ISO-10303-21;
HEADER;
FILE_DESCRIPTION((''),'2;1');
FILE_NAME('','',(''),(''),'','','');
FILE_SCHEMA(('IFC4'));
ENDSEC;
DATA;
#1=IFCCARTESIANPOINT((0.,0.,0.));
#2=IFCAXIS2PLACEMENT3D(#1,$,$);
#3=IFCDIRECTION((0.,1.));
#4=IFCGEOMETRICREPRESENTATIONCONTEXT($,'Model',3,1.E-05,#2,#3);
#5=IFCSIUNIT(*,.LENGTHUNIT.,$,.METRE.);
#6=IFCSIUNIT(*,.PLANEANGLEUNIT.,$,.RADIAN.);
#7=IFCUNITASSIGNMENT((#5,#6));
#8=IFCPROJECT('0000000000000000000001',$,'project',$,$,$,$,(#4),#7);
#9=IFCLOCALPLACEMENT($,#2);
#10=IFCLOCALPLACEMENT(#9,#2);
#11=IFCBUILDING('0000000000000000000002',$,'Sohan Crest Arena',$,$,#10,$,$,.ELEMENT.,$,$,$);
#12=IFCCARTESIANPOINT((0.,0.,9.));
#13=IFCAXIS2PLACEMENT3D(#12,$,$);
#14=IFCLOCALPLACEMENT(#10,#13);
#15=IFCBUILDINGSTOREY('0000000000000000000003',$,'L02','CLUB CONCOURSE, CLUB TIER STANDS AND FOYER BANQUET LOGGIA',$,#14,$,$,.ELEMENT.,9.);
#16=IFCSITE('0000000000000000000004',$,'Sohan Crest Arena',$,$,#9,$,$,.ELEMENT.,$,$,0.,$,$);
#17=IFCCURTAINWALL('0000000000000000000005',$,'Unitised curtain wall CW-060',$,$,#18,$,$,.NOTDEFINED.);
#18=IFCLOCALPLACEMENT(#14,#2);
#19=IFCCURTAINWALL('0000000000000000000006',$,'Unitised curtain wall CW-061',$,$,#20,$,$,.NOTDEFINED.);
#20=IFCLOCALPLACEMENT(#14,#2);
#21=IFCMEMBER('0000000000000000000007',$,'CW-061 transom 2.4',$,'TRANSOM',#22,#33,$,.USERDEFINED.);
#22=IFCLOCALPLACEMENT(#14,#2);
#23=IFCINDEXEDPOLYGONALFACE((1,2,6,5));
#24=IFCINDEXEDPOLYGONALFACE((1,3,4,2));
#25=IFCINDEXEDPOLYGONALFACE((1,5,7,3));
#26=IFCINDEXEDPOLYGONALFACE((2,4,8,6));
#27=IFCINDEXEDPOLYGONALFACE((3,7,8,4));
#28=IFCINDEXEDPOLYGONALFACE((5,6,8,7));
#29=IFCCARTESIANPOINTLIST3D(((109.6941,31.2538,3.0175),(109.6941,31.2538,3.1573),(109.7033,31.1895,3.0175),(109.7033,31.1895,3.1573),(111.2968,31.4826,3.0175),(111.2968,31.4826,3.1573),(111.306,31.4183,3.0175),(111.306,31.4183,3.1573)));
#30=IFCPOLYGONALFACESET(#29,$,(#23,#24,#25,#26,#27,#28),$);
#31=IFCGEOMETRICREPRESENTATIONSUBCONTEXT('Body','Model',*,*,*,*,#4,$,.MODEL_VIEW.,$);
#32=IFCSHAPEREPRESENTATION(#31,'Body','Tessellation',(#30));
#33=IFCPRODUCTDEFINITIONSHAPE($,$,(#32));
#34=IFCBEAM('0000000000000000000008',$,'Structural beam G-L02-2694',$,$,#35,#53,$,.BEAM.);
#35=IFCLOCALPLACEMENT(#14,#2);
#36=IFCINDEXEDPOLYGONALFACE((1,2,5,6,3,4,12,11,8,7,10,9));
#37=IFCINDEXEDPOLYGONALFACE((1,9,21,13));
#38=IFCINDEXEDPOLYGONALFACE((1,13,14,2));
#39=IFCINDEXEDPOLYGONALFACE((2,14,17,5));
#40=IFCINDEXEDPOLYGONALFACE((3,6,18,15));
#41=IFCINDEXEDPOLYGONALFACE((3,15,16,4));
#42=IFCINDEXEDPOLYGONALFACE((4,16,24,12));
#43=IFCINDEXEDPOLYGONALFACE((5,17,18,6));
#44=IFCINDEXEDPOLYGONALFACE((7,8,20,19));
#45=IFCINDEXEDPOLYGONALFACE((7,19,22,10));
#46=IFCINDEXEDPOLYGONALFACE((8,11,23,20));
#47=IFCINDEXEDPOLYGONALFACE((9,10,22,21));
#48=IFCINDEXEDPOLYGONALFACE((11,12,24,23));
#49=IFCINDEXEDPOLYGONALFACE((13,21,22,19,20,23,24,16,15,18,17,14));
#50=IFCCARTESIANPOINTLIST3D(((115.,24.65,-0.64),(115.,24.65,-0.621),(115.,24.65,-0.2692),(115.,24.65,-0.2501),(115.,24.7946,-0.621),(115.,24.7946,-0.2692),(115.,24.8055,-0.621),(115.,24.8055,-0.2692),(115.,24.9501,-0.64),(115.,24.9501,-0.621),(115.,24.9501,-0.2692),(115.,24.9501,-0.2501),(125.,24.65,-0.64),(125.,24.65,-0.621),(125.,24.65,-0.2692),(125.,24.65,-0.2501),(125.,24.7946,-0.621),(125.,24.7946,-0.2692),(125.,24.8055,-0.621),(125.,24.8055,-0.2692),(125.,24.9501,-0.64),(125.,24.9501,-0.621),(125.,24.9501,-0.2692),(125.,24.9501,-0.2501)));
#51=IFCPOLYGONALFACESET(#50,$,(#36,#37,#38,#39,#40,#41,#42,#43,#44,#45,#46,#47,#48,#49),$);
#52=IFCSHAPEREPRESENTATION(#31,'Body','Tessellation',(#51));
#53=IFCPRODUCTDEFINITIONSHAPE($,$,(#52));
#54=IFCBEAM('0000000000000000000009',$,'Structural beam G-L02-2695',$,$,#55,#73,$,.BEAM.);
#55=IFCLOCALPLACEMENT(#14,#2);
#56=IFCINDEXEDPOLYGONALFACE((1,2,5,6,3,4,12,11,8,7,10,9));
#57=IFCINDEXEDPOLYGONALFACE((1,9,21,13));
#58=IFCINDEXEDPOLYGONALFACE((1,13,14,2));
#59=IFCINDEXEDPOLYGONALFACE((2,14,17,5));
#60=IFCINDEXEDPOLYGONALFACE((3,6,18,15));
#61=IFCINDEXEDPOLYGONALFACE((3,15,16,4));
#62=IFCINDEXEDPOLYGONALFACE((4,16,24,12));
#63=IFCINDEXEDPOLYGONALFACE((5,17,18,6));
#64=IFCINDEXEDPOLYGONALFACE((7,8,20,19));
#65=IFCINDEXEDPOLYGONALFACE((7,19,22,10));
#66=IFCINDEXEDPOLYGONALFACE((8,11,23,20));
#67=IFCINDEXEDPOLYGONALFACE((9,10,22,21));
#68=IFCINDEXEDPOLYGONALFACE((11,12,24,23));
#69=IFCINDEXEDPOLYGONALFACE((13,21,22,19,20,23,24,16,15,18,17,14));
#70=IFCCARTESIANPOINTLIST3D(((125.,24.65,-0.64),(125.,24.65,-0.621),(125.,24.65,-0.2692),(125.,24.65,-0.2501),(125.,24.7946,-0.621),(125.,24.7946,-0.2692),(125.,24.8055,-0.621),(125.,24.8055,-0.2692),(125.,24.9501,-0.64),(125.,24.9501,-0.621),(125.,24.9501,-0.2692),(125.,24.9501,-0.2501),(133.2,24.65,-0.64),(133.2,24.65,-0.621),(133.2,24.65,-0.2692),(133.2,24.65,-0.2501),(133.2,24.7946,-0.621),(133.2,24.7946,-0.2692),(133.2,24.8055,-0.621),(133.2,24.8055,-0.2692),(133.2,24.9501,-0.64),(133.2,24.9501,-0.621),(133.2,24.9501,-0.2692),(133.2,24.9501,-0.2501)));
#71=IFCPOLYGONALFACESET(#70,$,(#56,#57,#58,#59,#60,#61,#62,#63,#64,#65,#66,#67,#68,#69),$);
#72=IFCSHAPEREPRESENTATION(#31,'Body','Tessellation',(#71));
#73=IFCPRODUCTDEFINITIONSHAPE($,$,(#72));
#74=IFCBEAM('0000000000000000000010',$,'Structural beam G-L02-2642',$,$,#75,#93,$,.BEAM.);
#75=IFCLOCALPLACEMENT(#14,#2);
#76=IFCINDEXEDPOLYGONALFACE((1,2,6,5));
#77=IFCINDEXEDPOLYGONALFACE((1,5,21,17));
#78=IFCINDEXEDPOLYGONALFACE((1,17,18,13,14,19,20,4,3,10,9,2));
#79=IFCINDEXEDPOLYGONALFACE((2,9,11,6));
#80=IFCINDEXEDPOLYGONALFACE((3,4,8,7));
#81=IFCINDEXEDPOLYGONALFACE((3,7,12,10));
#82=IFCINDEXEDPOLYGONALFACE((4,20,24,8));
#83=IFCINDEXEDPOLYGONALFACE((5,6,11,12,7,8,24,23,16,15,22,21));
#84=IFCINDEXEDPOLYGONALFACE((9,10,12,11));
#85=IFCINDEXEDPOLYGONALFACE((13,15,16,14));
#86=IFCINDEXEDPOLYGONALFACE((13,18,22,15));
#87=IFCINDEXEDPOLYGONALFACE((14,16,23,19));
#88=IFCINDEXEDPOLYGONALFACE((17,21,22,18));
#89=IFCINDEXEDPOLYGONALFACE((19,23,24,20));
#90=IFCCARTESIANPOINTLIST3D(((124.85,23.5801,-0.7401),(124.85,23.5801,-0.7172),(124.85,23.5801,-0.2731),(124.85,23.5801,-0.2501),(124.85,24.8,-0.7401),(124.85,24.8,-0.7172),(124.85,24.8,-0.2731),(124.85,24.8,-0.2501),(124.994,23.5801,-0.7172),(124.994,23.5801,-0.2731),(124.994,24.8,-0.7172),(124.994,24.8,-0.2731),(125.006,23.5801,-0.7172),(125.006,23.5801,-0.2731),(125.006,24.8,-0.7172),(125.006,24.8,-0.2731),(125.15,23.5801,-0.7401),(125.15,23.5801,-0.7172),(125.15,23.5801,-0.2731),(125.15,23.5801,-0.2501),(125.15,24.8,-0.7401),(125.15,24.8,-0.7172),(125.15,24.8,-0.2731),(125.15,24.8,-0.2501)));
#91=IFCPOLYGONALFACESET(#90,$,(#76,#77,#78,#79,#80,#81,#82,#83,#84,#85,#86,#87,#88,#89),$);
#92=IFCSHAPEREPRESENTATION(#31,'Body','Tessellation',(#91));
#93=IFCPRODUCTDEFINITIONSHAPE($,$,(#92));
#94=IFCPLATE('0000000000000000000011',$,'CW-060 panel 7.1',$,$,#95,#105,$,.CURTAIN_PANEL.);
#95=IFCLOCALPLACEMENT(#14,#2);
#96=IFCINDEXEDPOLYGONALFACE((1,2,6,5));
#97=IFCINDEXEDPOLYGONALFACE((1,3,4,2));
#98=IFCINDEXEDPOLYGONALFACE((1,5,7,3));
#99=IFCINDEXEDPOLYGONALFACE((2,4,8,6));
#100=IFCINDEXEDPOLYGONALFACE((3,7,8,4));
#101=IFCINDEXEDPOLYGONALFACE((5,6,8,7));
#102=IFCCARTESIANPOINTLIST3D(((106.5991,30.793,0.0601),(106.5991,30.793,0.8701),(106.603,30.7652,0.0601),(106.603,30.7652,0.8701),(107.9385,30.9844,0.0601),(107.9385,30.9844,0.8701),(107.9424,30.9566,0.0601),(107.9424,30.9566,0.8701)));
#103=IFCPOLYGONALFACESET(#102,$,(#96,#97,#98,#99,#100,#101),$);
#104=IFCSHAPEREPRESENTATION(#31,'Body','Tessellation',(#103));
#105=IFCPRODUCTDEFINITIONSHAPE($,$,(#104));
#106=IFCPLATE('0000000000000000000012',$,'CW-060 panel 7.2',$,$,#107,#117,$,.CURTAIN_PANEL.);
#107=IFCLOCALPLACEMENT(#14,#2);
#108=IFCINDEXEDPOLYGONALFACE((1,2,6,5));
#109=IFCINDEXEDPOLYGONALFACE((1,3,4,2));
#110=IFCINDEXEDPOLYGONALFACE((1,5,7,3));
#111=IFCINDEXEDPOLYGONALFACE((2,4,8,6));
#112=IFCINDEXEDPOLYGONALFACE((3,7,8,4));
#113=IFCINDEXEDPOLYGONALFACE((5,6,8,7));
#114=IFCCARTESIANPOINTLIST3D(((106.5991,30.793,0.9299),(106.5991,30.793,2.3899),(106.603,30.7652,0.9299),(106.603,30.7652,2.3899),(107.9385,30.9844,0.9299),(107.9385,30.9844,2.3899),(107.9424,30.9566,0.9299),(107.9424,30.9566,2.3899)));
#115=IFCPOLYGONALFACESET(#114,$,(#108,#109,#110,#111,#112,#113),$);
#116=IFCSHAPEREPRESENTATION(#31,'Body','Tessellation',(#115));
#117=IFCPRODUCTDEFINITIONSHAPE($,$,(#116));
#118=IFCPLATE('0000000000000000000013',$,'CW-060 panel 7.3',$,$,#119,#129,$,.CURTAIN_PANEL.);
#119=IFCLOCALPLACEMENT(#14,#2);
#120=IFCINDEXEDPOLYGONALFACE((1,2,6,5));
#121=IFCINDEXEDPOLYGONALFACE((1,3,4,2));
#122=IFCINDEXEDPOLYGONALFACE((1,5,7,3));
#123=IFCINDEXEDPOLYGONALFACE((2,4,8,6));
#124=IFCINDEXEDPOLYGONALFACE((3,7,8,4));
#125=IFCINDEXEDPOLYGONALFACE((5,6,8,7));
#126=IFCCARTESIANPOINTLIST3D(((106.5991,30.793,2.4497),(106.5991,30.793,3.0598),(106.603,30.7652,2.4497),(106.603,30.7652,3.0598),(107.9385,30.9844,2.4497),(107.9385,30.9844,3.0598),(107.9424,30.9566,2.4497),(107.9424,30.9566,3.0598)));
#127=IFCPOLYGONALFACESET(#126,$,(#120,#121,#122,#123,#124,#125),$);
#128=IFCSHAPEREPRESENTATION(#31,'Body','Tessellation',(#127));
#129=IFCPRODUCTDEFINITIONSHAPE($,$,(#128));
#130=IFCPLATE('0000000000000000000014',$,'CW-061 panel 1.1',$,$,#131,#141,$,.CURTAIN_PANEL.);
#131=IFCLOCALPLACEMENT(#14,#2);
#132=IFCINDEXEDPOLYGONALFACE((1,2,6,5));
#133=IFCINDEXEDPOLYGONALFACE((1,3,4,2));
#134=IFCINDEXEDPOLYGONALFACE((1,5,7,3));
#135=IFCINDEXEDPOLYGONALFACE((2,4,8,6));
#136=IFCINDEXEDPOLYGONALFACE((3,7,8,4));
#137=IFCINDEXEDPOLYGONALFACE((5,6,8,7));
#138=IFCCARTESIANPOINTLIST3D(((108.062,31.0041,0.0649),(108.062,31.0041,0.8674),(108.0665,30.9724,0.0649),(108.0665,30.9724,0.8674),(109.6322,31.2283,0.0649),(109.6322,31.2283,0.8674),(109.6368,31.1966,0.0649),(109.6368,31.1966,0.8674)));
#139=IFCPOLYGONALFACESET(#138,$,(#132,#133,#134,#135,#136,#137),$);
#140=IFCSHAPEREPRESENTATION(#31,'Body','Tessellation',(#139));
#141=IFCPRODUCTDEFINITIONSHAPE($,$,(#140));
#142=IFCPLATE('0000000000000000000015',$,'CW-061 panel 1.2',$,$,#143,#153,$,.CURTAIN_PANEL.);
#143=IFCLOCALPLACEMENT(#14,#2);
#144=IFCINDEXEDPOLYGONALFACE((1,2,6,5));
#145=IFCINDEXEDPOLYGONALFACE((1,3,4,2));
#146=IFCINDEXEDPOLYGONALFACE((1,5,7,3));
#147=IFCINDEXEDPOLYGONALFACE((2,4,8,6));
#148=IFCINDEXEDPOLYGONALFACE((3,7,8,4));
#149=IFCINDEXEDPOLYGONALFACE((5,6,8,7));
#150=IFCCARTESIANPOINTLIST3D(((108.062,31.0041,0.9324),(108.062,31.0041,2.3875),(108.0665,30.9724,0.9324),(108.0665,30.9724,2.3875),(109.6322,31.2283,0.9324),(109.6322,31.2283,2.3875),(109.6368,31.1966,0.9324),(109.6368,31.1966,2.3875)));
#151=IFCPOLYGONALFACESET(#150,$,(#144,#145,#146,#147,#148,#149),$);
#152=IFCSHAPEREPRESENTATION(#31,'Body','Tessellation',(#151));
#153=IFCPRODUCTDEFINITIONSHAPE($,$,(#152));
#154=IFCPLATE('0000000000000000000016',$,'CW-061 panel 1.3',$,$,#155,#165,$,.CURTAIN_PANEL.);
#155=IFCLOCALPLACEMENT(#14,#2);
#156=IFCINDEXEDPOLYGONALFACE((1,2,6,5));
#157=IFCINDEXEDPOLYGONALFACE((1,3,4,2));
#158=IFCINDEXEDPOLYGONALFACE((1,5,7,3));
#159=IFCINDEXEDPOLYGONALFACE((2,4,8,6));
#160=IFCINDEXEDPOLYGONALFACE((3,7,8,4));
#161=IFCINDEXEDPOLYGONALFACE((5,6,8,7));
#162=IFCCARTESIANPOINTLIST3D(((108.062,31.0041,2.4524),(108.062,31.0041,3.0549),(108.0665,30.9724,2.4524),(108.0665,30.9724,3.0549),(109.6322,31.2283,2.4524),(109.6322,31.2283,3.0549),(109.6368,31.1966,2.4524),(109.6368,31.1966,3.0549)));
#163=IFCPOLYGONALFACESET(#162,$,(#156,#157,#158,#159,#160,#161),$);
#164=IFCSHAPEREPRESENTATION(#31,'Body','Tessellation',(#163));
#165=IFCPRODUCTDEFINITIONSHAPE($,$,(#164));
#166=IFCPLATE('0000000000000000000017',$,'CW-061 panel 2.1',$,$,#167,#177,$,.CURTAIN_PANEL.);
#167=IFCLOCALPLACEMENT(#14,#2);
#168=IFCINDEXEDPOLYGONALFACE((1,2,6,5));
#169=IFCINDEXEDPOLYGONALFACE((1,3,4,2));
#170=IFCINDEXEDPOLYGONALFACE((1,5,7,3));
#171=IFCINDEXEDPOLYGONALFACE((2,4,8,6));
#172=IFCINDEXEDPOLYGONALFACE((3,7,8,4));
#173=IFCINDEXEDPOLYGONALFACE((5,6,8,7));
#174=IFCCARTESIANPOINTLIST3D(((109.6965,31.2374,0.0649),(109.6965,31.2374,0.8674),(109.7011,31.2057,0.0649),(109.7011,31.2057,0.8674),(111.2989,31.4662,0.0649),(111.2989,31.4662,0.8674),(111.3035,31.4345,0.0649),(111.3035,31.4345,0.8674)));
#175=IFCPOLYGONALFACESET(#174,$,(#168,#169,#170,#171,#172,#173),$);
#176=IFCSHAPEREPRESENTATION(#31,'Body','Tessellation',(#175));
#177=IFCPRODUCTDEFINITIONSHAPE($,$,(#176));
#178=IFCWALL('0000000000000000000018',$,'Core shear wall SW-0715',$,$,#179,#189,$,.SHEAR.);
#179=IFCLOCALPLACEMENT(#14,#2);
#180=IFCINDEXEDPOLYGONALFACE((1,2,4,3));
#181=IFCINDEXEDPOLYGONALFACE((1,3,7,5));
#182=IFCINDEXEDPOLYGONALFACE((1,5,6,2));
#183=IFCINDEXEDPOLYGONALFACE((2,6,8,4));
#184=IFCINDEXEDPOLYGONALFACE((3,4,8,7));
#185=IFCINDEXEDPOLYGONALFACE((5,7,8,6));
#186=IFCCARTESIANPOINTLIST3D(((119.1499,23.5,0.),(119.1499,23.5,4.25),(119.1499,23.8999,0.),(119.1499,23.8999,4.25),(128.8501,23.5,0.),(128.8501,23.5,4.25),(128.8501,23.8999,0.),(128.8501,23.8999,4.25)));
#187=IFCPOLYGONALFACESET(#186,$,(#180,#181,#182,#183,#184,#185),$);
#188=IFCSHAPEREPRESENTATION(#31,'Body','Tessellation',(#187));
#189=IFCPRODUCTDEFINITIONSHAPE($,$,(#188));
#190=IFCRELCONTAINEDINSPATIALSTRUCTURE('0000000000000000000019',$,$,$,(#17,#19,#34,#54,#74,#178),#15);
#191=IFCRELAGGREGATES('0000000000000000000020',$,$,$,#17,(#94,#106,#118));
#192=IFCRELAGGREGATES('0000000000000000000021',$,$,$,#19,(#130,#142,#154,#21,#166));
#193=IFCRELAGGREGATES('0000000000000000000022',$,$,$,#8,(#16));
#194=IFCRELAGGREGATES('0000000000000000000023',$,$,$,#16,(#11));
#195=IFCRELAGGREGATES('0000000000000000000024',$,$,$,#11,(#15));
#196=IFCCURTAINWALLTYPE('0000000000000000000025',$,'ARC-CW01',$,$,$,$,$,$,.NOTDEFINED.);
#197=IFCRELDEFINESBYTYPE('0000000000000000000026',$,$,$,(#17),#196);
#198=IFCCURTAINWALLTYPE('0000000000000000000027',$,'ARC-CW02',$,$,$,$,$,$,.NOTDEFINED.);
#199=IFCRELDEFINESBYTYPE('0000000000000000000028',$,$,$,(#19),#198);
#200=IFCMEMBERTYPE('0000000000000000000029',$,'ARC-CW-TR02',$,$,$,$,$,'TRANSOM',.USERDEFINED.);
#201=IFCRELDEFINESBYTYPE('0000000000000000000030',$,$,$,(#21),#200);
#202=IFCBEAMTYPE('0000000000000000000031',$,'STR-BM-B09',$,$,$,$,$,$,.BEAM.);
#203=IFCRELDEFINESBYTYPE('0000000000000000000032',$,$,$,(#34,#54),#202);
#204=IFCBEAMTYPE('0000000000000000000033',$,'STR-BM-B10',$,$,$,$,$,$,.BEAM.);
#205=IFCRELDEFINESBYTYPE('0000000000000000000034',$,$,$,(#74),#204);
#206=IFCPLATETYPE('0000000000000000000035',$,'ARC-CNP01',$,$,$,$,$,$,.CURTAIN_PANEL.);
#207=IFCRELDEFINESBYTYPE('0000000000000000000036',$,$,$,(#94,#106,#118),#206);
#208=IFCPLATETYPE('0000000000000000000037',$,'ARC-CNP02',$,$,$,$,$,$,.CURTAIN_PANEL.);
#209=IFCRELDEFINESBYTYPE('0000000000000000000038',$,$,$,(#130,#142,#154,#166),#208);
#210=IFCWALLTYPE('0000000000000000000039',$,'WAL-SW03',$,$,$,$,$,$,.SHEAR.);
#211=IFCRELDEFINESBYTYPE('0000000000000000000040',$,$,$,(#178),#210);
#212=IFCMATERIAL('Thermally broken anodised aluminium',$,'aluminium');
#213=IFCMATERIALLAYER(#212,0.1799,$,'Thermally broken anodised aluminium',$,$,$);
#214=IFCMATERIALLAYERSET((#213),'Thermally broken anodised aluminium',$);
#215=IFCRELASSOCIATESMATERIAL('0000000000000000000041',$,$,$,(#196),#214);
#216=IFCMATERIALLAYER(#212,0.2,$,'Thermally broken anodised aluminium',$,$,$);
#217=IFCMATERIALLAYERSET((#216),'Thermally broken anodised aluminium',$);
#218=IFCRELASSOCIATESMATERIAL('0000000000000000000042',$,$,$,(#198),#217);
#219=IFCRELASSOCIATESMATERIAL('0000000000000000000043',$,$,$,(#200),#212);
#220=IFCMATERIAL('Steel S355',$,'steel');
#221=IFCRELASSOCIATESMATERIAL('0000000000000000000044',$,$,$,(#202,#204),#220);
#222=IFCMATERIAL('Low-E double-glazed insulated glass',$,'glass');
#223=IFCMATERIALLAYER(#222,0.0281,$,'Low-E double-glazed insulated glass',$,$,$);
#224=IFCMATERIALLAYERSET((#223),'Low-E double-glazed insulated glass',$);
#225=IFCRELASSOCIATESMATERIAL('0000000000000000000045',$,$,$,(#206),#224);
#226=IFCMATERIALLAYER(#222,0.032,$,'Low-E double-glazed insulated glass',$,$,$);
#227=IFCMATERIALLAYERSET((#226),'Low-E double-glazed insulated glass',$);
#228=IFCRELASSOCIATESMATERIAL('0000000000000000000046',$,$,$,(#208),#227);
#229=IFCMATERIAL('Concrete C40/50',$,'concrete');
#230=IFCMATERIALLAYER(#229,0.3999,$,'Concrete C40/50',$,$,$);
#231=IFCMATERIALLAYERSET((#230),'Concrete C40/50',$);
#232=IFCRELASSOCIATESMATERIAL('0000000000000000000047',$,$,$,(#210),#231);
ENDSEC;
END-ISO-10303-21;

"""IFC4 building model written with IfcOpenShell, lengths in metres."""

from ifc_helpers import new_model, si_unit, direction, frame, frame_2d, origin, origin_2d, place, context, subcontext, project, spatial, rectangle, i_section, extrude, material, layer, layer_set, material_profile, profile_set, type_object, element, aggregate, save


model = new_model("IFC4")

# Units and contexts
model_context = context("Model", 3, precision=1e-05, world=origin(), true_north=direction((0.0, 1.0)))
body_context = subcontext(model_context, "Body", "Model", "MODEL_VIEW")
ifc_project = project(units=[si_unit("LENGTHUNIT", "METRE"), si_unit("PLANEANGLEUNIT", "RADIAN")], contexts=[model_context])

# Site, building, storey
site_placement = place(None, origin())
site = spatial("IfcSite", under=ifc_project, at=site_placement, Name="Sohan Crest Arena", CompositionType="ELEMENT", RefElevation=0.0)
building_placement = place(site_placement, origin())
building = spatial("IfcBuilding", under=site, at=building_placement, Name="Sohan Crest Arena", CompositionType="ELEMENT")
storey_placement = place(building_placement, frame((0.0, 0.0, 9.0)))
storey = spatial("IfcBuildingStorey", under=building, at=storey_placement, Name="L02", Description="CLUB CONCOURSE, CLUB TIER STANDS AND FOYER BANQUET LOGGIA", CompositionType="ELEMENT", Elevation=9.0)

# Shared definitions
ifc_material_1 = material(Name="Steel S355", Category="steel")

# Curtain wall
ifc_material_2 = material(Name="Thermally broken anodised aluminium", Category="aluminium")
ifc_layer_1 = layer(ifc_material_2, 0.1799, Name="Thermally broken anodised aluminium")
ifc_layer_set_1 = layer_set([ifc_layer_1], Name="Thermally broken anodised aluminium")
curtain_wall_type_1 = type_object("IfcCurtainWallType", Name="ARC-CW01", PredefinedType="NOTDEFINED", material=ifc_layer_set_1)
curtain_wall_1_placement = place(storey_placement, origin())
curtain_wall_1 = element("IfcCurtainWall", 1, at=curtain_wall_1_placement, inside=storey, type_object=curtain_wall_type_1, Name="Unitised curtain wall CW-060", PredefinedType="NOTDEFINED")

# Curtain wall, member
ifc_layer_2 = layer(ifc_material_2, 0.2, Name="Thermally broken anodised aluminium")
ifc_layer_set_2 = layer_set([ifc_layer_2], Name="Thermally broken anodised aluminium")
curtain_wall_type_2 = type_object("IfcCurtainWallType", Name="ARC-CW02", PredefinedType="NOTDEFINED", material=ifc_layer_set_2)
curtain_wall_2_placement = place(storey_placement, origin())
curtain_wall_2 = element("IfcCurtainWall", 2, at=curtain_wall_2_placement, inside=storey, type_object=curtain_wall_type_2, Name="Unitised curtain wall CW-061", PredefinedType="NOTDEFINED")
ifc_material_profile_1 = material_profile(ifc_material_2, rectangle(XDim=0.0649, YDim=0.1399, at=origin_2d()), Name="ALU-TRAN 65x140")
ifc_profile_set_1 = profile_set([ifc_material_profile_1], Name="Thermally broken anodised aluminium")
member_type_1 = type_object("IfcMemberType", Name="ARC-CW-TR02", ElementType="TRANSOM", PredefinedType="USERDEFINED", material=ifc_profile_set_1)
member_1_placement = place(storey_placement, frame((109.6987, 31.2217, 3.0874), z_axis=(0.989965, 0.141316, 0.0), x_axis=(-0.141316, 0.989965, 0.0)))
member_1 = element("IfcMember", 3, at=member_1_placement, type_object=member_type_1, Name="CW-061 transom 2.4", ObjectType="TRANSOM", PredefinedType="USERDEFINED", context=body_context, shape_type="SweptSolid", body=[
    extrude(rectangle(XDim=0.0649, YDim=0.1399, at=origin_2d()), origin(), (0.0, 0.0, 1.0), 1.6189),
])

# Beams
ifc_material_profile_2 = material_profile(ifc_material_1, i_section(OverallWidth=0.3, OverallDepth=0.3899, WebThickness=0.011, FlangeThickness=0.019, at=origin_2d()), Name="HEA 400")
ifc_profile_set_2 = profile_set([ifc_material_profile_2], Name="Steel S355")
beam_type_1 = type_object("IfcBeamType", Name="STR-BM-B09", PredefinedType="BEAM", material=ifc_profile_set_2)
beam_1_placement = place(storey_placement, frame((115.0, 24.8, -0.4451), z_axis=(1.0, 0.0, 0.0), x_axis=(0.0, 1.0, 0.0)))
element("IfcBeam", 4, at=beam_1_placement, inside=storey, type_object=beam_type_1, Name="Structural beam G-L02-2694", PredefinedType="BEAM", context=body_context, shape_type="SweptSolid", body=[
    extrude(i_section(OverallWidth=0.3, OverallDepth=0.3899, WebThickness=0.011, FlangeThickness=0.019, at=origin_2d()), origin(), (0.0, 0.0, 1.0), 10.0),
])
beam_2_placement = place(storey_placement, frame((125.0, 24.8, -0.4451), z_axis=(1.0, 0.0, 0.0), x_axis=(0.0, 1.0, 0.0)))
element("IfcBeam", 5, at=beam_2_placement, inside=storey, type_object=beam_type_1, Name="Structural beam G-L02-2695", PredefinedType="BEAM", context=body_context, shape_type="SweptSolid", body=[
    extrude(i_section(OverallWidth=0.3, OverallDepth=0.3899, WebThickness=0.011, FlangeThickness=0.019, at=origin_2d()), origin(), (0.0, 0.0, 1.0), 8.2),
])
ifc_material_profile_3 = material_profile(ifc_material_1, i_section(OverallWidth=0.3, OverallDepth=0.49, WebThickness=0.012, FlangeThickness=0.0229, at=origin_2d()), Name="HEA 500")
ifc_profile_set_3 = profile_set([ifc_material_profile_3], Name="Steel S355")
beam_type_2 = type_object("IfcBeamType", Name="STR-BM-B10", PredefinedType="BEAM", material=ifc_profile_set_3)
beam_3_placement = place(storey_placement, frame((125.0, 23.5801, -0.4951), z_axis=(0.0, 1.0, 0.0), x_axis=(-1.0, 0.0, 0.0)))
element("IfcBeam", 6, at=beam_3_placement, inside=storey, type_object=beam_type_2, Name="Structural beam G-L02-2642", PredefinedType="BEAM", context=body_context, shape_type="SweptSolid", body=[
    extrude(i_section(OverallWidth=0.3, OverallDepth=0.49, WebThickness=0.012, FlangeThickness=0.0229, at=origin_2d()), origin(), (0.0, 0.0, 1.0), 1.22),
])

# Plates
ifc_material_3 = material(Name="Low-E double-glazed insulated glass", Category="glass")
ifc_layer_3 = layer(ifc_material_3, 0.0281, Name="Low-E double-glazed insulated glass")
ifc_layer_set_3 = layer_set([ifc_layer_3], Name="Low-E double-glazed insulated glass")
plate_type_1 = type_object("IfcPlateType", Name="ARC-CNP01", PredefinedType="CURTAIN_PANEL", material=ifc_layer_set_3)
plate_1_placement = place(storey_placement, frame((107.2708, 30.8748, 0.0601), z_axis=(0.0, 0.0, 1.0), x_axis=(0.989944, 0.141463, 0.0)))
plate_1 = element("IfcPlate", 7, at=plate_1_placement, type_object=plate_type_1, Name="CW-060 panel 7.1", PredefinedType="CURTAIN_PANEL", context=body_context, shape_type="SweptSolid", body=[
    extrude(rectangle(XDim=1.353, YDim=0.0281, at=origin_2d()), origin(), (0.0, 0.0, 1.0), 0.8101),
])
plate_2_placement = place(storey_placement, frame((107.2708, 30.8748, 0.9299), z_axis=(0.0, 0.0, 1.0), x_axis=(0.989944, 0.141463, 0.0)))
plate_2 = element("IfcPlate", 8, at=plate_2_placement, type_object=plate_type_1, Name="CW-060 panel 7.2", PredefinedType="CURTAIN_PANEL", context=body_context, shape_type="SweptSolid", body=[
    extrude(rectangle(XDim=1.353, YDim=0.0281, at=origin_2d()), origin(), (0.0, 0.0, 1.0), 1.46),
])
plate_3_placement = place(storey_placement, frame((107.2708, 30.8748, 2.4497), z_axis=(0.0, 0.0, 1.0), x_axis=(0.989944, 0.141463, 0.0)))
plate_3 = element("IfcPlate", 9, at=plate_3_placement, type_object=plate_type_1, Name="CW-060 panel 7.3", PredefinedType="CURTAIN_PANEL", context=body_context, shape_type="SweptSolid", body=[
    extrude(rectangle(XDim=1.353, YDim=0.0281, at=origin_2d()), origin(), (0.0, 0.0, 1.0), 0.6101),
])
aggregate(curtain_wall_1, [plate_1, plate_2, plate_3])
ifc_layer_4 = layer(ifc_material_3, 0.032, Name="Low-E double-glazed insulated glass")
ifc_layer_set_4 = layer_set([ifc_layer_4], Name="Low-E double-glazed insulated glass")
plate_type_2 = type_object("IfcPlateType", Name="ARC-CNP02", PredefinedType="CURTAIN_PANEL", material=ifc_layer_set_4)
plate_4_placement = place(storey_placement, frame((108.8494, 31.1003, 0.0649), z_axis=(0.0, 0.0, 1.0), x_axis=(0.989957, 0.141366, 0.0)))
plate_4 = element("IfcPlate", 10, at=plate_4_placement, type_object=plate_type_2, Name="CW-061 panel 1.1", PredefinedType="CURTAIN_PANEL", context=body_context, shape_type="SweptSolid", body=[
    extrude(rectangle(XDim=1.5862, YDim=0.032, at=origin_2d()), origin(), (0.0, 0.0, 1.0), 0.8025),
])
plate_5_placement = place(storey_placement, frame((108.8494, 31.1003, 0.9324), z_axis=(0.0, 0.0, 1.0), x_axis=(0.989957, 0.141366, 0.0)))
plate_5 = element("IfcPlate", 11, at=plate_5_placement, type_object=plate_type_2, Name="CW-061 panel 1.2", PredefinedType="CURTAIN_PANEL", context=body_context, shape_type="SweptSolid", body=[
    extrude(rectangle(XDim=1.5862, YDim=0.032, at=origin_2d()), origin(), (0.0, 0.0, 1.0), 1.4551),
])
plate_6_placement = place(storey_placement, frame((108.8494, 31.1003, 2.4524), z_axis=(0.0, 0.0, 1.0), x_axis=(0.989957, 0.141366, 0.0)))
plate_6 = element("IfcPlate", 12, at=plate_6_placement, type_object=plate_type_2, Name="CW-061 panel 1.3", PredefinedType="CURTAIN_PANEL", context=body_context, shape_type="SweptSolid", body=[
    extrude(rectangle(XDim=1.5862, YDim=0.032, at=origin_2d()), origin(), (0.0, 0.0, 1.0), 0.6025),
])
plate_7_placement = place(storey_placement, frame((110.5, 31.3359, 0.0649), z_axis=(0.0, 0.0, 1.0), x_axis=(0.989957, 0.141366, 0.0)))
plate_7 = element("IfcPlate", 13, at=plate_7_placement, type_object=plate_type_2, Name="CW-061 panel 2.1", PredefinedType="CURTAIN_PANEL", context=body_context, shape_type="SweptSolid", body=[
    extrude(rectangle(XDim=1.6187, YDim=0.032, at=origin_2d()), origin(), (0.0, 0.0, 1.0), 0.8025),
])
aggregate(curtain_wall_2, [plate_4, plate_5, plate_6, member_1, plate_7])

# Wall
ifc_material_4 = material(Name="Concrete C40/50", Category="concrete")
ifc_layer_5 = layer(ifc_material_4, 0.3999, Name="Concrete C40/50")
ifc_layer_set_5 = layer_set([ifc_layer_5], Name="Concrete C40/50")
wall_type = type_object("IfcWallType", Name="WAL-SW03", PredefinedType="SHEAR", material=ifc_layer_set_5)
wall_placement = place(storey_placement, frame((119.1499, 23.7, 0.0), z_axis=(0.0, 0.0, 1.0), x_axis=(1.0, 0.0, 0.0)))
element("IfcWall", 14, at=wall_placement, inside=storey, type_object=wall_type, Name="Core shear wall SW-0715", PredefinedType="SHEAR", context=body_context, shape_type="SweptSolid", body=[
    extrude(rectangle(XDim=9.7002, YDim=0.3999, at=frame_2d((4.8501, 0.0))), origin(), (0.0, 0.0, 1.0), 4.25),
])

save(model, "model.ifc")
